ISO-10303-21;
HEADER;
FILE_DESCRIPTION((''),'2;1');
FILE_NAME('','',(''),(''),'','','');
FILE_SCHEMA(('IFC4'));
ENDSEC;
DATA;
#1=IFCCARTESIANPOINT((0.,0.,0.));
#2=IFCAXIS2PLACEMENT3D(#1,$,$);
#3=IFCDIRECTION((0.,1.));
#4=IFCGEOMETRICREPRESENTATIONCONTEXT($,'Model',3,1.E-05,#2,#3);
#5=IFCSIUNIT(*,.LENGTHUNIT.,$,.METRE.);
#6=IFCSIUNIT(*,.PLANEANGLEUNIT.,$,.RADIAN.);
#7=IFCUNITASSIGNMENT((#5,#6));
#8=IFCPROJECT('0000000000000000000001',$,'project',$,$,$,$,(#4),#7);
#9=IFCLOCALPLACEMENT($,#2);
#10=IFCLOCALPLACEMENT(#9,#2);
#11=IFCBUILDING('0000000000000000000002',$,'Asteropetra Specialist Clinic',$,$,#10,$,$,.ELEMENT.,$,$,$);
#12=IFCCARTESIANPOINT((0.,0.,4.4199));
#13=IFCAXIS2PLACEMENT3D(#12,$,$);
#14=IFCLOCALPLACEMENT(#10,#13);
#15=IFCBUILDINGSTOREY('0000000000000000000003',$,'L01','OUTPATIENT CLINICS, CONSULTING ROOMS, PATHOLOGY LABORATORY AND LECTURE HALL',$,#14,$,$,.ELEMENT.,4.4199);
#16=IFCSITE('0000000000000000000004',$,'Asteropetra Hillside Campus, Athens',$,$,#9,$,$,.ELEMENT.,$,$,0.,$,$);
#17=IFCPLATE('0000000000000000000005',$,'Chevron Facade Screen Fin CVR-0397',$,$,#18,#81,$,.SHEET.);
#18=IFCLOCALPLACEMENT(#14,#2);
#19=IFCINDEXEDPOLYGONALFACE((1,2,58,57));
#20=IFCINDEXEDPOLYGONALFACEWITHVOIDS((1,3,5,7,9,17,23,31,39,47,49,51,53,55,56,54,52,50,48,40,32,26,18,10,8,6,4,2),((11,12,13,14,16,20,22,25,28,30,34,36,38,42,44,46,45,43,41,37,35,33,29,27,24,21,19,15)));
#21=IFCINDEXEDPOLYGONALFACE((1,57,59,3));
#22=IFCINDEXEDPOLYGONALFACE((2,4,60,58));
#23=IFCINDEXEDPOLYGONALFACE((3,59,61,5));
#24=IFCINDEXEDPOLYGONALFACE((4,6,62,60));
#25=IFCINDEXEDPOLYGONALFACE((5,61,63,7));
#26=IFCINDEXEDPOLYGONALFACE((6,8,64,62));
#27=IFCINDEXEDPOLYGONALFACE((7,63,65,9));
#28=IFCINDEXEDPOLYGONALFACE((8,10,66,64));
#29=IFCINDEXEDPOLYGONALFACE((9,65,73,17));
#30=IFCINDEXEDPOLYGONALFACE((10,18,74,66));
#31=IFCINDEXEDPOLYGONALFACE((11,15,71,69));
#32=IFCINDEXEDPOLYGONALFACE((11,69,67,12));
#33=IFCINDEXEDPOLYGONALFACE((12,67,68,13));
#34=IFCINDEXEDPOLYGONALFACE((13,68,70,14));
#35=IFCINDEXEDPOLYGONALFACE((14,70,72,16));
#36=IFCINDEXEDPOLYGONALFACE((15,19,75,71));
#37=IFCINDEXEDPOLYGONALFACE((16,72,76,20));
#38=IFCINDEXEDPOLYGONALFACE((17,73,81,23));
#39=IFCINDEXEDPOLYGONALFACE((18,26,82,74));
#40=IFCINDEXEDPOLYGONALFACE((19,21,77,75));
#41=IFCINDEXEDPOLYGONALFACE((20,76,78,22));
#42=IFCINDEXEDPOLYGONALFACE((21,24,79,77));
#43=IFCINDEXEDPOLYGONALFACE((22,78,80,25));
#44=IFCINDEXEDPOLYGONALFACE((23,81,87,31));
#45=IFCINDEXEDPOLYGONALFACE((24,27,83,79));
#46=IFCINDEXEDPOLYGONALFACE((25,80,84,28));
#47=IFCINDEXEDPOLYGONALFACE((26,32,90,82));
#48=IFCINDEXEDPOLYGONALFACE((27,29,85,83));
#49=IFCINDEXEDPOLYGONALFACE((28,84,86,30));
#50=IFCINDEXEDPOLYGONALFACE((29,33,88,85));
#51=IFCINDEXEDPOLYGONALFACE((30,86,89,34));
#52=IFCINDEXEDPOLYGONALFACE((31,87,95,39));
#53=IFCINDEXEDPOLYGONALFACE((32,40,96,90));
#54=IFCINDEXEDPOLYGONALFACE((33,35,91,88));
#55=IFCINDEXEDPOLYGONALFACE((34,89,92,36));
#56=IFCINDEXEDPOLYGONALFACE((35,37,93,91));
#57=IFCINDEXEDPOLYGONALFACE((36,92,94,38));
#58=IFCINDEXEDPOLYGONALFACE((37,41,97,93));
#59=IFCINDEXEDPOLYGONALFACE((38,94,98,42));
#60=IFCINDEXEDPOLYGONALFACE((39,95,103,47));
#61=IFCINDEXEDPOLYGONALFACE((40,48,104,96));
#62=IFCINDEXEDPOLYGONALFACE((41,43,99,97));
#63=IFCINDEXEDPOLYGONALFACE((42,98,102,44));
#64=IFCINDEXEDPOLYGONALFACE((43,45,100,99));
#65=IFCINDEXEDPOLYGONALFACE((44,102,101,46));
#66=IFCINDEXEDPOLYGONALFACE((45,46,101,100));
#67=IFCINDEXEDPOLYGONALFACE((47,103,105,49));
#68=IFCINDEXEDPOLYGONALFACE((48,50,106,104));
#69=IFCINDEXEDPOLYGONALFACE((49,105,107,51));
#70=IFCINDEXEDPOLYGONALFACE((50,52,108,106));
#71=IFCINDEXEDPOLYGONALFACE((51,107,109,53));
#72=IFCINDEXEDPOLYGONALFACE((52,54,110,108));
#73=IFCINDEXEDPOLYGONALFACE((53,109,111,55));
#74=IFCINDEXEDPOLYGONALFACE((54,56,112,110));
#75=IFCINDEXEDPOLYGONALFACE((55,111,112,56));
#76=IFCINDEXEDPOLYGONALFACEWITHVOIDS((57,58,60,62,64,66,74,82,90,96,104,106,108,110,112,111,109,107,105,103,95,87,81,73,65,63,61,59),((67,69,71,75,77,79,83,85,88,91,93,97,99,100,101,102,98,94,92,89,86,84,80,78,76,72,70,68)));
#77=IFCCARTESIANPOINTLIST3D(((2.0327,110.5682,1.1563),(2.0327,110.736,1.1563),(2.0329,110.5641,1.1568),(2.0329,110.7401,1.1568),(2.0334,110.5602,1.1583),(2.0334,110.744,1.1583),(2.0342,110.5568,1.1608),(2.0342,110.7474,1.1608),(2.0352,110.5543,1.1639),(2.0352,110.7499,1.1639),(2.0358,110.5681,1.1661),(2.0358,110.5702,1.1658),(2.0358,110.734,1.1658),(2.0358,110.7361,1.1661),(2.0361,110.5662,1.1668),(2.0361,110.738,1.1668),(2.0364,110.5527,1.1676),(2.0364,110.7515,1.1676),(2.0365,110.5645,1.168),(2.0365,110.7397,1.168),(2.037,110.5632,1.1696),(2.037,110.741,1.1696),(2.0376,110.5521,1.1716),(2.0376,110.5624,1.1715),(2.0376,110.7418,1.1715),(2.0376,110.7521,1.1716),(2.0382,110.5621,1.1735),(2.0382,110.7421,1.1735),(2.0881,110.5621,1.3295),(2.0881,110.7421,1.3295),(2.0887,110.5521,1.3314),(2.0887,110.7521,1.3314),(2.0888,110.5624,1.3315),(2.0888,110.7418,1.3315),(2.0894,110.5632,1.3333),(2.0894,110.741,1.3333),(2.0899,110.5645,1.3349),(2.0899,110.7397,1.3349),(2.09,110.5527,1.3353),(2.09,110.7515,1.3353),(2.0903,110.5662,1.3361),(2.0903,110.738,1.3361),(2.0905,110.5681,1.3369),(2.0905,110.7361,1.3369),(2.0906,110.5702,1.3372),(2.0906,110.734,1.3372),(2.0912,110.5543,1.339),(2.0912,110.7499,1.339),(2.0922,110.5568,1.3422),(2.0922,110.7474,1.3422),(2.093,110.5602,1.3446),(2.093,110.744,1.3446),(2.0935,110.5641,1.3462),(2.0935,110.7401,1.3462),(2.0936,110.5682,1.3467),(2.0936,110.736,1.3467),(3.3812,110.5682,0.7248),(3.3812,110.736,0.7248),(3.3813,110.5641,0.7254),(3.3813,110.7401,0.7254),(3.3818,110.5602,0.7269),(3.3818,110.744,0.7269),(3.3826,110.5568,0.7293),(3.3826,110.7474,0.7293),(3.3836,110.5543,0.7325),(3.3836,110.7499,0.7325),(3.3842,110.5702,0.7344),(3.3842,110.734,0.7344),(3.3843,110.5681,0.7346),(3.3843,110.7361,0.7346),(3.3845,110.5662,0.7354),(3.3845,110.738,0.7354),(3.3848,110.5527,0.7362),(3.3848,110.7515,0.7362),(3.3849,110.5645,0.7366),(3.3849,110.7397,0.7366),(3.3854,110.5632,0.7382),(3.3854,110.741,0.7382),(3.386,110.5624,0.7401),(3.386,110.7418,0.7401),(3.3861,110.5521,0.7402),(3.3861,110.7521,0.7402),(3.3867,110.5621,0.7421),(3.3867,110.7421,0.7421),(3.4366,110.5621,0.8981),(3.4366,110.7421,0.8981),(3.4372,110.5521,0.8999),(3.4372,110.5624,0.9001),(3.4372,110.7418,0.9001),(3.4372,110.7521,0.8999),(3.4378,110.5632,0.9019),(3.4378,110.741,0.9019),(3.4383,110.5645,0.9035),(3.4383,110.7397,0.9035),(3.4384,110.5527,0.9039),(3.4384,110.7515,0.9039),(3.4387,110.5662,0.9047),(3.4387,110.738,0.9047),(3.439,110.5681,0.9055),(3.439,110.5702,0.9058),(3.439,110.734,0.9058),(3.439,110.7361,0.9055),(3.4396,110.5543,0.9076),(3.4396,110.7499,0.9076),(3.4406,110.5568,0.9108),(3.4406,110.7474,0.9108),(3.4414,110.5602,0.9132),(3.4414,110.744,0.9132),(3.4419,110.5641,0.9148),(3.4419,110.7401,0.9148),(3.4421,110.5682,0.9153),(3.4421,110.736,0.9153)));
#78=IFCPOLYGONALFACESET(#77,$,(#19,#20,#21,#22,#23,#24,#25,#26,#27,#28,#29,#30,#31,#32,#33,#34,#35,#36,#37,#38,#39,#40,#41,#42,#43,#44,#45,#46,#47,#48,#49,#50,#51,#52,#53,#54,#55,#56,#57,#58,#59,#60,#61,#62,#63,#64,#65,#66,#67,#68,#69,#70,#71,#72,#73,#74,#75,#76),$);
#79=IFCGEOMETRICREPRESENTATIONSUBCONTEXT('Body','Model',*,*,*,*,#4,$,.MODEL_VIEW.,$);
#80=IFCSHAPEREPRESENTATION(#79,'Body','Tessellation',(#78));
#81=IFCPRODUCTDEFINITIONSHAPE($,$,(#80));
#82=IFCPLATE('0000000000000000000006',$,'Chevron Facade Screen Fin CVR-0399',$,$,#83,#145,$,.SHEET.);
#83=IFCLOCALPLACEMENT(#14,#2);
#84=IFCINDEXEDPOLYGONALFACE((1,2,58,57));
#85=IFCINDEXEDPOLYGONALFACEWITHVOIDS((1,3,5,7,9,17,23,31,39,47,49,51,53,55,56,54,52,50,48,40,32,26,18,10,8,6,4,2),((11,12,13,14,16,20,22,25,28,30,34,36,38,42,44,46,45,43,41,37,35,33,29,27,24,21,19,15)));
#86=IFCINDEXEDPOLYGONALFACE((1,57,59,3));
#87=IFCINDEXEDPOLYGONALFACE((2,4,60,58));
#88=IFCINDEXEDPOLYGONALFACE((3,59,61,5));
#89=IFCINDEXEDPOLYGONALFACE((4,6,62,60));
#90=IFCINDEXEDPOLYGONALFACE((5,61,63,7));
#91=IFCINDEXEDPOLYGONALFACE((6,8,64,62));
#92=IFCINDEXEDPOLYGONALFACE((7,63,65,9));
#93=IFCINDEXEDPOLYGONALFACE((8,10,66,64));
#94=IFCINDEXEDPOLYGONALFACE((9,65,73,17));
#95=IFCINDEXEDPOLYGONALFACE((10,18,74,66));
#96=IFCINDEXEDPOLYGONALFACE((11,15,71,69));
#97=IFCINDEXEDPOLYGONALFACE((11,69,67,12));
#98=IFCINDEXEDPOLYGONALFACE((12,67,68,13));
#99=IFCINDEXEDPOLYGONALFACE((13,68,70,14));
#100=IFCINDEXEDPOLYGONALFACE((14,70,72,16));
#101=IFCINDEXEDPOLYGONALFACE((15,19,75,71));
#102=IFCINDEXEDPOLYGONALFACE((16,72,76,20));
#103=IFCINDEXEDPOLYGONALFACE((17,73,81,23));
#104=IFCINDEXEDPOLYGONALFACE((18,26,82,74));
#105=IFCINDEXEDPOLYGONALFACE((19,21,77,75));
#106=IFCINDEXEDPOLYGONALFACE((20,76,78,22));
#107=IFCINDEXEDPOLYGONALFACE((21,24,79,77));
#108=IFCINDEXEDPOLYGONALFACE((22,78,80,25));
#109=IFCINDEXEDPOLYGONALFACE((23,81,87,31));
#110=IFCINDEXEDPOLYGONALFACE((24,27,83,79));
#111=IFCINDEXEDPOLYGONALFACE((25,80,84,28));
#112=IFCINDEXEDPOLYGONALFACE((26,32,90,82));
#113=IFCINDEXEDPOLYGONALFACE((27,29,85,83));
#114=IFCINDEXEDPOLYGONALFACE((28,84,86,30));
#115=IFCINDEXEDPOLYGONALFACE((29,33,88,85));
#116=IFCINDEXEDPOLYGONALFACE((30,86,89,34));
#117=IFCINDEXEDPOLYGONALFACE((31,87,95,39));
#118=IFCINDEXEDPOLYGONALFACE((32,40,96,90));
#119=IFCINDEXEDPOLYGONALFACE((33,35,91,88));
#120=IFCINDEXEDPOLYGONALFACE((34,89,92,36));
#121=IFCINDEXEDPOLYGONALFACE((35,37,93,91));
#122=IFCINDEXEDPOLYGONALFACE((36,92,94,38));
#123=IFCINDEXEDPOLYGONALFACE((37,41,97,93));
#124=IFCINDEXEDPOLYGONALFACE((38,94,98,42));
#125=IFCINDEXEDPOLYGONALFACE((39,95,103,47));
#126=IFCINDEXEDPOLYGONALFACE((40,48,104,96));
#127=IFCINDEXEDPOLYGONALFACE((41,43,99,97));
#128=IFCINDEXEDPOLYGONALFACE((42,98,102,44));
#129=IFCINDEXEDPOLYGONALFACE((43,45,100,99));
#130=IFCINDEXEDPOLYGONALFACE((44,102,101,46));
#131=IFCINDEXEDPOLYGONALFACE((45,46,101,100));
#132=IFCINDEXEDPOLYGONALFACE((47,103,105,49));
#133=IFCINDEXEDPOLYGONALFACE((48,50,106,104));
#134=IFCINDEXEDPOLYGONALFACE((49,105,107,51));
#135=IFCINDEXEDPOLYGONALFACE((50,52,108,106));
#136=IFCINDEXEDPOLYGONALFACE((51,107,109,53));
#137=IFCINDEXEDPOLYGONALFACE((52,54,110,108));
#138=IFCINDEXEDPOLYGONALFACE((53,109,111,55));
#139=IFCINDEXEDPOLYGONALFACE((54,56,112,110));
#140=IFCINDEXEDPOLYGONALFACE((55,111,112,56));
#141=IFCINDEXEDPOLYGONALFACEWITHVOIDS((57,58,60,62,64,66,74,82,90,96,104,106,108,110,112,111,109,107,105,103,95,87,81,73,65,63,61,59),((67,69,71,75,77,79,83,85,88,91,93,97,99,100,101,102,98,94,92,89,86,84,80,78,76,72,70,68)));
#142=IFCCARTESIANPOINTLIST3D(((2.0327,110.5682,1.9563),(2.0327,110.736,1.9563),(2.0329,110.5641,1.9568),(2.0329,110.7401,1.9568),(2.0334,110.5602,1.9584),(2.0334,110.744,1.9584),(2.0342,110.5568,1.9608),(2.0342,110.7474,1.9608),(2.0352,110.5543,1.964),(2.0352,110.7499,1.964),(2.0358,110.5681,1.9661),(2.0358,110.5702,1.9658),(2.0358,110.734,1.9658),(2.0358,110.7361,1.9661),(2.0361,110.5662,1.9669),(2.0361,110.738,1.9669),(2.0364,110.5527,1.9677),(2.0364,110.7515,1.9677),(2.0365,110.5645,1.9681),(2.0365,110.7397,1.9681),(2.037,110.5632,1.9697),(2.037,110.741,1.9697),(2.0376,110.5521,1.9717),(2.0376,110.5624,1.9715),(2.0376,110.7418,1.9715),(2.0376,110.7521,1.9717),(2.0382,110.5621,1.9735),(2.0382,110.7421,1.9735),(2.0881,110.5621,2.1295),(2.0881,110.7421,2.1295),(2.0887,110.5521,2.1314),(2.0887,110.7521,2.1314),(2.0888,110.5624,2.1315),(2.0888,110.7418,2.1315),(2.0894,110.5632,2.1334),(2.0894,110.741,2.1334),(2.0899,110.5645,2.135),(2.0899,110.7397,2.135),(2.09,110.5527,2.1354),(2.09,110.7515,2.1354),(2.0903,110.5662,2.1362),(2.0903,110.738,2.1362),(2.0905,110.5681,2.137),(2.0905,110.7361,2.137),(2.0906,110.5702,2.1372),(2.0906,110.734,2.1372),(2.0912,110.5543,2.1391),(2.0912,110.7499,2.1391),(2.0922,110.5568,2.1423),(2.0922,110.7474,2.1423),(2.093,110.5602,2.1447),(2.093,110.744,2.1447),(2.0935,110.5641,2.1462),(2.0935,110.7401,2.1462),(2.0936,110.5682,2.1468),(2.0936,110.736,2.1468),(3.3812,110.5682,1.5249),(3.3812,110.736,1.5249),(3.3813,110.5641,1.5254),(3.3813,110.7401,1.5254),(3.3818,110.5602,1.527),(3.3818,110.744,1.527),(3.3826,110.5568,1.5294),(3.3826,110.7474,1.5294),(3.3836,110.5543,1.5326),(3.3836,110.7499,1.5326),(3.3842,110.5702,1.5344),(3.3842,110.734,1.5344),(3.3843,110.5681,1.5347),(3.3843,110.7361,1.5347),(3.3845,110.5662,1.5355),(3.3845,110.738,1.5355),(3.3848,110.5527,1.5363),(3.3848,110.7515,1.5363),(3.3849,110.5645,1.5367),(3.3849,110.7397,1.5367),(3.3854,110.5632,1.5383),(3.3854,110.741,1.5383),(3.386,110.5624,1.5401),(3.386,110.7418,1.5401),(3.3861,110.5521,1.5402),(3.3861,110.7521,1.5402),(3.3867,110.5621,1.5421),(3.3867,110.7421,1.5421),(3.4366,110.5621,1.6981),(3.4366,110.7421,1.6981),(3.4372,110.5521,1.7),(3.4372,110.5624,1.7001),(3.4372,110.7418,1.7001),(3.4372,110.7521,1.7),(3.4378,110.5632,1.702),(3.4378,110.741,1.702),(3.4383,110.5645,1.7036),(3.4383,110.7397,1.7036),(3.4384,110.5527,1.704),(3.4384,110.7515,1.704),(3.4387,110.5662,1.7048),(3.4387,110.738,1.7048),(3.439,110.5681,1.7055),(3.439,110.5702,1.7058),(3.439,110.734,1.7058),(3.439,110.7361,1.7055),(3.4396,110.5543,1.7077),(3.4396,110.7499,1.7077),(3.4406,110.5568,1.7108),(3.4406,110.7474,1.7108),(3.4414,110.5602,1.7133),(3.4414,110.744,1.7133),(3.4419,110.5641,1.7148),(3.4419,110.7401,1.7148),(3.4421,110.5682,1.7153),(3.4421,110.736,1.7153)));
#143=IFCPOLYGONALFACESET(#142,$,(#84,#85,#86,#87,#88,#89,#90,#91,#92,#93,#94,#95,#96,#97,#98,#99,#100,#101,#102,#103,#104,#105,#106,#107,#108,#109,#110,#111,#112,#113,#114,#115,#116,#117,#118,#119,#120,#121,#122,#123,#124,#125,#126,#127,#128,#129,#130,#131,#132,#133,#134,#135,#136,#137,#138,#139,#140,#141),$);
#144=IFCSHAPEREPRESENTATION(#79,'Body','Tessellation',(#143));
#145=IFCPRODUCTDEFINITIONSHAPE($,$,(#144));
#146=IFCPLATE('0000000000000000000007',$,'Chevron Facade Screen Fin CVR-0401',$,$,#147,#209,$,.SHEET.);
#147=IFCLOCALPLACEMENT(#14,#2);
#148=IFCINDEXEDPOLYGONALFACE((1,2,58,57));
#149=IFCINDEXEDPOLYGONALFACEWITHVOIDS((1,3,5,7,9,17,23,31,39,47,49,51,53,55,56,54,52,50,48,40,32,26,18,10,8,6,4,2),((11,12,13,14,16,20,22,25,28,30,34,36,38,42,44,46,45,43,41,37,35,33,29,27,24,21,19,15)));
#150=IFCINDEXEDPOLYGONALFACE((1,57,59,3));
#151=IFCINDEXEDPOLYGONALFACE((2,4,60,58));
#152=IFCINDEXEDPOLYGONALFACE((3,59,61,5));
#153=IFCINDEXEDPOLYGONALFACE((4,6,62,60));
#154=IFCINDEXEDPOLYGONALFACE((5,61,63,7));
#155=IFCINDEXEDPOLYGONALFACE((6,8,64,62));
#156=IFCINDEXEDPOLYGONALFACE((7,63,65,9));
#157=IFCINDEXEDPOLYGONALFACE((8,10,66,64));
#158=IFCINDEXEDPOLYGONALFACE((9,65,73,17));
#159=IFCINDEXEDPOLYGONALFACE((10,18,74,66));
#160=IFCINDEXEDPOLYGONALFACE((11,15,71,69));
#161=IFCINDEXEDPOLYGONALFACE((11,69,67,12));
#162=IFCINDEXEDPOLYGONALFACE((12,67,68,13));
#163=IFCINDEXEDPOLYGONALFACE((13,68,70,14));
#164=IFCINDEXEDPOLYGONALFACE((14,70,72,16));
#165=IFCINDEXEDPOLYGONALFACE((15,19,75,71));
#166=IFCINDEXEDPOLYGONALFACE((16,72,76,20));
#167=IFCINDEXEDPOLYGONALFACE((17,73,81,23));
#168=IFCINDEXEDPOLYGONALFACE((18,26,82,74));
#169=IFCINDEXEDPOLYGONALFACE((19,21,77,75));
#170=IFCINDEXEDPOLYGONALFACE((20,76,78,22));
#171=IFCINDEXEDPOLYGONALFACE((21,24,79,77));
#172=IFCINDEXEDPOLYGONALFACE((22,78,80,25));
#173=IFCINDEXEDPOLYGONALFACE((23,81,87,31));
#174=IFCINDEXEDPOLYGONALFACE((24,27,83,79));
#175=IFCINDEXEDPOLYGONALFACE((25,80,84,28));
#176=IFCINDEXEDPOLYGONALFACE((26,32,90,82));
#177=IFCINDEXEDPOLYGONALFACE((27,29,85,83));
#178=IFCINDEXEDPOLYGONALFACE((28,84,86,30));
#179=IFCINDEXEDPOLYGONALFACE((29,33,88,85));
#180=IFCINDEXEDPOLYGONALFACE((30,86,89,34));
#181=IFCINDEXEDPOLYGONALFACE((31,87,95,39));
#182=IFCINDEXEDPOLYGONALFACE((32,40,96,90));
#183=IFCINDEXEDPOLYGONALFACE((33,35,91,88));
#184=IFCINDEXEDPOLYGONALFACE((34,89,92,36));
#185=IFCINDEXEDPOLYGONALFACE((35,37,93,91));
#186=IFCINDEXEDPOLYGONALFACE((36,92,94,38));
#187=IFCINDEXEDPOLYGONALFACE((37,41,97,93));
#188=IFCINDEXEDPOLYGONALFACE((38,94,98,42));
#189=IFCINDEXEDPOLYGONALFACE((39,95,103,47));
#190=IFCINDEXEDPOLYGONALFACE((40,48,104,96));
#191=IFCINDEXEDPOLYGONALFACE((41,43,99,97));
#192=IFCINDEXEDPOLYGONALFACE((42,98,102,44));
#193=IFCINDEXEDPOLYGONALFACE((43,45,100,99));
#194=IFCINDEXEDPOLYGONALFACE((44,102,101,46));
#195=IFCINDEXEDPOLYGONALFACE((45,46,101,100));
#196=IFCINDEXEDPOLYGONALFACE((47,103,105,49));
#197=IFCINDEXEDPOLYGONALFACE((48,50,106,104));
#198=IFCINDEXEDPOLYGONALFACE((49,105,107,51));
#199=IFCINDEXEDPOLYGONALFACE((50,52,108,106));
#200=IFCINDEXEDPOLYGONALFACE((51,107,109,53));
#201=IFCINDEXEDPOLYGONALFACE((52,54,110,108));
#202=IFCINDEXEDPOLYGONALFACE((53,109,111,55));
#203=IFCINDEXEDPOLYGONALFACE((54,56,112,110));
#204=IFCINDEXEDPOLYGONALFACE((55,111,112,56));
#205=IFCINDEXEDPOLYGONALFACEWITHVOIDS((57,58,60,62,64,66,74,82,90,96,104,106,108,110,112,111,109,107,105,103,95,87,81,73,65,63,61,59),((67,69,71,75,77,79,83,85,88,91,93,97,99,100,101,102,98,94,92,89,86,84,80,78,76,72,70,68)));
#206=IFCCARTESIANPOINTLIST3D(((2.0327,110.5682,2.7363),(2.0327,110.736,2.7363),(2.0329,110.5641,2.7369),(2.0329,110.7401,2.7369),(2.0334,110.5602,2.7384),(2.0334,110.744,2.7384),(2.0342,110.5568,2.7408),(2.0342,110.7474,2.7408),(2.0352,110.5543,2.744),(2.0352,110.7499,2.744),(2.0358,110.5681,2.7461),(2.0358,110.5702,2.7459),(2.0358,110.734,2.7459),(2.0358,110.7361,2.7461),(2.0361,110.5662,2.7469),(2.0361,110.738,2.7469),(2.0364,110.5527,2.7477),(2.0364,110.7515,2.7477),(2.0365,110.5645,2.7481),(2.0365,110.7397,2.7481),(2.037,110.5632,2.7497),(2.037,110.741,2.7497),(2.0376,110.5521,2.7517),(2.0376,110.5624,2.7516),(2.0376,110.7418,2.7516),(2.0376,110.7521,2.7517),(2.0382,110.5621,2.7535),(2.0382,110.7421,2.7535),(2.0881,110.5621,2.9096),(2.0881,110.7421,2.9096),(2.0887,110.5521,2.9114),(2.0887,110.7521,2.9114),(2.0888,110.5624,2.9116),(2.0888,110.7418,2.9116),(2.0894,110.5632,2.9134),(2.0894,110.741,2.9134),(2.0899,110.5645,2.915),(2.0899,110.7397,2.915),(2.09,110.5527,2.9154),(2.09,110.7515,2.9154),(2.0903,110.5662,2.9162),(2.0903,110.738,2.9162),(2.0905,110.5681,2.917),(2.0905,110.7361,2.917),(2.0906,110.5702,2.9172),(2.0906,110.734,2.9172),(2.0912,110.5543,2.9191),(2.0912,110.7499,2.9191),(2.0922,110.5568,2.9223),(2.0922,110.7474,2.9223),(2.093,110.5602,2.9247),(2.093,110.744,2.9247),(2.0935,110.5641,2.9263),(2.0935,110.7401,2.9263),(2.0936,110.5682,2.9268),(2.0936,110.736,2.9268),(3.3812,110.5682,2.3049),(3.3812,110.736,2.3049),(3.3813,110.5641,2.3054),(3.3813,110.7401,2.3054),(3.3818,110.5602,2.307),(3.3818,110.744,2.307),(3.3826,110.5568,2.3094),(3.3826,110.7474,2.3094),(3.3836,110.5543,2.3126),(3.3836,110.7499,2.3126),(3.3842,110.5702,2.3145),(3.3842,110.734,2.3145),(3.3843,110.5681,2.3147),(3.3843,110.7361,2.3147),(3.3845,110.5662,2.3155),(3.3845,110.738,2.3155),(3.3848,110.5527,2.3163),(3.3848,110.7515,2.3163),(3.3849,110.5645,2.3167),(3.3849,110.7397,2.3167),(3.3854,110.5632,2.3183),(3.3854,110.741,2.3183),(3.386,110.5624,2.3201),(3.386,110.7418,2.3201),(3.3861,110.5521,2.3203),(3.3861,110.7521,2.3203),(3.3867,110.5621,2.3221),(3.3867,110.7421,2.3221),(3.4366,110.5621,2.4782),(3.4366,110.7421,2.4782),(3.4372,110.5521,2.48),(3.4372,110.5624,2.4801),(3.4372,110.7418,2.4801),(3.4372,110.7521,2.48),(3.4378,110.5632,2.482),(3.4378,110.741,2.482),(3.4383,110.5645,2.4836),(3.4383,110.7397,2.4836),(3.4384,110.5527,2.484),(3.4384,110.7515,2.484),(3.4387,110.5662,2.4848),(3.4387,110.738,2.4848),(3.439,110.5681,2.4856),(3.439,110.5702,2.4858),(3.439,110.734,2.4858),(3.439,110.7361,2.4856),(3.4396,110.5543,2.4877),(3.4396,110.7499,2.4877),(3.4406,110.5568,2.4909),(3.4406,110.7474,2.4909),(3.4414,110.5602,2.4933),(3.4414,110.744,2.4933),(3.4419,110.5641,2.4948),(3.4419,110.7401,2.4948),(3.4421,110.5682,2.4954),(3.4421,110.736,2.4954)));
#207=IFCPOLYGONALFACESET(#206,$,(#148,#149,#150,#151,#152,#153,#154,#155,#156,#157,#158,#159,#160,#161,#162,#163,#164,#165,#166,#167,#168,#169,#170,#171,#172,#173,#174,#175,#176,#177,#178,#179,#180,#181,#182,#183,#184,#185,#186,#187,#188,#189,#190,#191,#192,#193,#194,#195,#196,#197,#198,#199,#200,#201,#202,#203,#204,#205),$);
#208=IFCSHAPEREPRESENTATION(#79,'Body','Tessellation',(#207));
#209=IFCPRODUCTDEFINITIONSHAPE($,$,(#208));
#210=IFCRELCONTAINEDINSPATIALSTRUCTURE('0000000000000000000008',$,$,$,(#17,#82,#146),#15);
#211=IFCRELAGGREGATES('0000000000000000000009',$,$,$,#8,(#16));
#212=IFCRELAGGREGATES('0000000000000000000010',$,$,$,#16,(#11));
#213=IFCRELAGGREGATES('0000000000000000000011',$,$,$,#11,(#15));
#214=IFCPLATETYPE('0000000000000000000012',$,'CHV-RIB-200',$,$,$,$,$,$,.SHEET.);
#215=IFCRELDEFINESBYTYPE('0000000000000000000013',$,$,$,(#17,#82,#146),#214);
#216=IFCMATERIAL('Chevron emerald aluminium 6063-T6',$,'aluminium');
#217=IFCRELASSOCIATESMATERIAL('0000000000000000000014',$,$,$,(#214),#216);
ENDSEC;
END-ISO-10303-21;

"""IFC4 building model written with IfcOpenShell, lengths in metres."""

from ifc_helpers import new_model, si_unit, direction, frame, origin, origin_2d, place, context, subcontext, project, spatial, hollow_rectangle, extrude, material, material_profile, profile_set, type_object, element, save


model = new_model("IFC4")

# Units and contexts
model_context = context("Model", 3, precision=1e-05, world=origin(), true_north=direction((0.0, 1.0)))
body_context = subcontext(model_context, "Body", "Model", "MODEL_VIEW")
ifc_project = project(units=[si_unit("LENGTHUNIT", "METRE"), si_unit("PLANEANGLEUNIT", "RADIAN")], contexts=[model_context])

# Site, building, storey
site_placement = place(None, origin())
site = spatial("IfcSite", under=ifc_project, at=site_placement, Name="Asteropetra Hillside Campus, Athens", CompositionType="ELEMENT", RefElevation=0.0)
building_placement = place(site_placement, origin())
building = spatial("IfcBuilding", under=site, at=building_placement, Name="Asteropetra Specialist Clinic", CompositionType="ELEMENT")
storey_placement = place(building_placement, frame((0.0, 0.0, 4.4199)))
storey = spatial("IfcBuildingStorey", under=building, at=storey_placement, Name="L01", Description="OUTPATIENT CLINICS, CONSULTING ROOMS, PATHOLOGY LABORATORY AND LECTURE HALL", CompositionType="ELEMENT", Elevation=4.4199)

# Plates
ifc_material_1 = material(Name="Chevron emerald aluminium 6063-T6", Category="aluminium")
ifc_material_profile_1 = material_profile(ifc_material_1, hollow_rectangle(XDim=0.2, YDim=0.2, WallThickness=0.01, InnerFilletRadius=0.0081, OuterFilletRadius=0.0161, at=origin_2d()), Name="SHS 200x200x10.0")
ifc_profile_set_1 = profile_set([ifc_material_profile_1], Name="Chevron emerald aluminium 6063-T6")
plate_type_1 = type_object("IfcPlateType", Name="CHV-RIB-200", PredefinedType="SHEET", material=ifc_profile_set_1)
for number, where, z_axis, x_axis, name in (
    (1, (3.4116, 110.6521, 0.8201), (-0.952442, 0.0, 0.304719), (0.0, -1.0, 0.0), "Chevron Facade Screen Fin CVR-0397"),
    (2, (3.4116, 110.6521, 1.6201), (-0.952442, 0.0, 0.304719), (0.0, -1.0, 0.0), "Chevron Facade Screen Fin CVR-0399"),
    (3, (3.4116, 110.6521, 2.4001), (-0.952442, 0.0, 0.304719), (0.0, -1.0, 0.0), "Chevron Facade Screen Fin CVR-0401"),
):
    element("IfcPlate", number, at=place(storey_placement, frame(where, z_axis=z_axis, x_axis=x_axis)), inside=storey, type_object=plate_type_1, Name=name, PredefinedType="SHEET", context=body_context, shape_type="SweptSolid", body=[
        extrude(hollow_rectangle(XDim=0.2, YDim=0.2, WallThickness=0.01, InnerFilletRadius=0.0081, OuterFilletRadius=0.0161, at=origin_2d()), origin(), (0.0, 0.0, 1.0), 1.4158),
    ])

save(model, "model.ifc")
